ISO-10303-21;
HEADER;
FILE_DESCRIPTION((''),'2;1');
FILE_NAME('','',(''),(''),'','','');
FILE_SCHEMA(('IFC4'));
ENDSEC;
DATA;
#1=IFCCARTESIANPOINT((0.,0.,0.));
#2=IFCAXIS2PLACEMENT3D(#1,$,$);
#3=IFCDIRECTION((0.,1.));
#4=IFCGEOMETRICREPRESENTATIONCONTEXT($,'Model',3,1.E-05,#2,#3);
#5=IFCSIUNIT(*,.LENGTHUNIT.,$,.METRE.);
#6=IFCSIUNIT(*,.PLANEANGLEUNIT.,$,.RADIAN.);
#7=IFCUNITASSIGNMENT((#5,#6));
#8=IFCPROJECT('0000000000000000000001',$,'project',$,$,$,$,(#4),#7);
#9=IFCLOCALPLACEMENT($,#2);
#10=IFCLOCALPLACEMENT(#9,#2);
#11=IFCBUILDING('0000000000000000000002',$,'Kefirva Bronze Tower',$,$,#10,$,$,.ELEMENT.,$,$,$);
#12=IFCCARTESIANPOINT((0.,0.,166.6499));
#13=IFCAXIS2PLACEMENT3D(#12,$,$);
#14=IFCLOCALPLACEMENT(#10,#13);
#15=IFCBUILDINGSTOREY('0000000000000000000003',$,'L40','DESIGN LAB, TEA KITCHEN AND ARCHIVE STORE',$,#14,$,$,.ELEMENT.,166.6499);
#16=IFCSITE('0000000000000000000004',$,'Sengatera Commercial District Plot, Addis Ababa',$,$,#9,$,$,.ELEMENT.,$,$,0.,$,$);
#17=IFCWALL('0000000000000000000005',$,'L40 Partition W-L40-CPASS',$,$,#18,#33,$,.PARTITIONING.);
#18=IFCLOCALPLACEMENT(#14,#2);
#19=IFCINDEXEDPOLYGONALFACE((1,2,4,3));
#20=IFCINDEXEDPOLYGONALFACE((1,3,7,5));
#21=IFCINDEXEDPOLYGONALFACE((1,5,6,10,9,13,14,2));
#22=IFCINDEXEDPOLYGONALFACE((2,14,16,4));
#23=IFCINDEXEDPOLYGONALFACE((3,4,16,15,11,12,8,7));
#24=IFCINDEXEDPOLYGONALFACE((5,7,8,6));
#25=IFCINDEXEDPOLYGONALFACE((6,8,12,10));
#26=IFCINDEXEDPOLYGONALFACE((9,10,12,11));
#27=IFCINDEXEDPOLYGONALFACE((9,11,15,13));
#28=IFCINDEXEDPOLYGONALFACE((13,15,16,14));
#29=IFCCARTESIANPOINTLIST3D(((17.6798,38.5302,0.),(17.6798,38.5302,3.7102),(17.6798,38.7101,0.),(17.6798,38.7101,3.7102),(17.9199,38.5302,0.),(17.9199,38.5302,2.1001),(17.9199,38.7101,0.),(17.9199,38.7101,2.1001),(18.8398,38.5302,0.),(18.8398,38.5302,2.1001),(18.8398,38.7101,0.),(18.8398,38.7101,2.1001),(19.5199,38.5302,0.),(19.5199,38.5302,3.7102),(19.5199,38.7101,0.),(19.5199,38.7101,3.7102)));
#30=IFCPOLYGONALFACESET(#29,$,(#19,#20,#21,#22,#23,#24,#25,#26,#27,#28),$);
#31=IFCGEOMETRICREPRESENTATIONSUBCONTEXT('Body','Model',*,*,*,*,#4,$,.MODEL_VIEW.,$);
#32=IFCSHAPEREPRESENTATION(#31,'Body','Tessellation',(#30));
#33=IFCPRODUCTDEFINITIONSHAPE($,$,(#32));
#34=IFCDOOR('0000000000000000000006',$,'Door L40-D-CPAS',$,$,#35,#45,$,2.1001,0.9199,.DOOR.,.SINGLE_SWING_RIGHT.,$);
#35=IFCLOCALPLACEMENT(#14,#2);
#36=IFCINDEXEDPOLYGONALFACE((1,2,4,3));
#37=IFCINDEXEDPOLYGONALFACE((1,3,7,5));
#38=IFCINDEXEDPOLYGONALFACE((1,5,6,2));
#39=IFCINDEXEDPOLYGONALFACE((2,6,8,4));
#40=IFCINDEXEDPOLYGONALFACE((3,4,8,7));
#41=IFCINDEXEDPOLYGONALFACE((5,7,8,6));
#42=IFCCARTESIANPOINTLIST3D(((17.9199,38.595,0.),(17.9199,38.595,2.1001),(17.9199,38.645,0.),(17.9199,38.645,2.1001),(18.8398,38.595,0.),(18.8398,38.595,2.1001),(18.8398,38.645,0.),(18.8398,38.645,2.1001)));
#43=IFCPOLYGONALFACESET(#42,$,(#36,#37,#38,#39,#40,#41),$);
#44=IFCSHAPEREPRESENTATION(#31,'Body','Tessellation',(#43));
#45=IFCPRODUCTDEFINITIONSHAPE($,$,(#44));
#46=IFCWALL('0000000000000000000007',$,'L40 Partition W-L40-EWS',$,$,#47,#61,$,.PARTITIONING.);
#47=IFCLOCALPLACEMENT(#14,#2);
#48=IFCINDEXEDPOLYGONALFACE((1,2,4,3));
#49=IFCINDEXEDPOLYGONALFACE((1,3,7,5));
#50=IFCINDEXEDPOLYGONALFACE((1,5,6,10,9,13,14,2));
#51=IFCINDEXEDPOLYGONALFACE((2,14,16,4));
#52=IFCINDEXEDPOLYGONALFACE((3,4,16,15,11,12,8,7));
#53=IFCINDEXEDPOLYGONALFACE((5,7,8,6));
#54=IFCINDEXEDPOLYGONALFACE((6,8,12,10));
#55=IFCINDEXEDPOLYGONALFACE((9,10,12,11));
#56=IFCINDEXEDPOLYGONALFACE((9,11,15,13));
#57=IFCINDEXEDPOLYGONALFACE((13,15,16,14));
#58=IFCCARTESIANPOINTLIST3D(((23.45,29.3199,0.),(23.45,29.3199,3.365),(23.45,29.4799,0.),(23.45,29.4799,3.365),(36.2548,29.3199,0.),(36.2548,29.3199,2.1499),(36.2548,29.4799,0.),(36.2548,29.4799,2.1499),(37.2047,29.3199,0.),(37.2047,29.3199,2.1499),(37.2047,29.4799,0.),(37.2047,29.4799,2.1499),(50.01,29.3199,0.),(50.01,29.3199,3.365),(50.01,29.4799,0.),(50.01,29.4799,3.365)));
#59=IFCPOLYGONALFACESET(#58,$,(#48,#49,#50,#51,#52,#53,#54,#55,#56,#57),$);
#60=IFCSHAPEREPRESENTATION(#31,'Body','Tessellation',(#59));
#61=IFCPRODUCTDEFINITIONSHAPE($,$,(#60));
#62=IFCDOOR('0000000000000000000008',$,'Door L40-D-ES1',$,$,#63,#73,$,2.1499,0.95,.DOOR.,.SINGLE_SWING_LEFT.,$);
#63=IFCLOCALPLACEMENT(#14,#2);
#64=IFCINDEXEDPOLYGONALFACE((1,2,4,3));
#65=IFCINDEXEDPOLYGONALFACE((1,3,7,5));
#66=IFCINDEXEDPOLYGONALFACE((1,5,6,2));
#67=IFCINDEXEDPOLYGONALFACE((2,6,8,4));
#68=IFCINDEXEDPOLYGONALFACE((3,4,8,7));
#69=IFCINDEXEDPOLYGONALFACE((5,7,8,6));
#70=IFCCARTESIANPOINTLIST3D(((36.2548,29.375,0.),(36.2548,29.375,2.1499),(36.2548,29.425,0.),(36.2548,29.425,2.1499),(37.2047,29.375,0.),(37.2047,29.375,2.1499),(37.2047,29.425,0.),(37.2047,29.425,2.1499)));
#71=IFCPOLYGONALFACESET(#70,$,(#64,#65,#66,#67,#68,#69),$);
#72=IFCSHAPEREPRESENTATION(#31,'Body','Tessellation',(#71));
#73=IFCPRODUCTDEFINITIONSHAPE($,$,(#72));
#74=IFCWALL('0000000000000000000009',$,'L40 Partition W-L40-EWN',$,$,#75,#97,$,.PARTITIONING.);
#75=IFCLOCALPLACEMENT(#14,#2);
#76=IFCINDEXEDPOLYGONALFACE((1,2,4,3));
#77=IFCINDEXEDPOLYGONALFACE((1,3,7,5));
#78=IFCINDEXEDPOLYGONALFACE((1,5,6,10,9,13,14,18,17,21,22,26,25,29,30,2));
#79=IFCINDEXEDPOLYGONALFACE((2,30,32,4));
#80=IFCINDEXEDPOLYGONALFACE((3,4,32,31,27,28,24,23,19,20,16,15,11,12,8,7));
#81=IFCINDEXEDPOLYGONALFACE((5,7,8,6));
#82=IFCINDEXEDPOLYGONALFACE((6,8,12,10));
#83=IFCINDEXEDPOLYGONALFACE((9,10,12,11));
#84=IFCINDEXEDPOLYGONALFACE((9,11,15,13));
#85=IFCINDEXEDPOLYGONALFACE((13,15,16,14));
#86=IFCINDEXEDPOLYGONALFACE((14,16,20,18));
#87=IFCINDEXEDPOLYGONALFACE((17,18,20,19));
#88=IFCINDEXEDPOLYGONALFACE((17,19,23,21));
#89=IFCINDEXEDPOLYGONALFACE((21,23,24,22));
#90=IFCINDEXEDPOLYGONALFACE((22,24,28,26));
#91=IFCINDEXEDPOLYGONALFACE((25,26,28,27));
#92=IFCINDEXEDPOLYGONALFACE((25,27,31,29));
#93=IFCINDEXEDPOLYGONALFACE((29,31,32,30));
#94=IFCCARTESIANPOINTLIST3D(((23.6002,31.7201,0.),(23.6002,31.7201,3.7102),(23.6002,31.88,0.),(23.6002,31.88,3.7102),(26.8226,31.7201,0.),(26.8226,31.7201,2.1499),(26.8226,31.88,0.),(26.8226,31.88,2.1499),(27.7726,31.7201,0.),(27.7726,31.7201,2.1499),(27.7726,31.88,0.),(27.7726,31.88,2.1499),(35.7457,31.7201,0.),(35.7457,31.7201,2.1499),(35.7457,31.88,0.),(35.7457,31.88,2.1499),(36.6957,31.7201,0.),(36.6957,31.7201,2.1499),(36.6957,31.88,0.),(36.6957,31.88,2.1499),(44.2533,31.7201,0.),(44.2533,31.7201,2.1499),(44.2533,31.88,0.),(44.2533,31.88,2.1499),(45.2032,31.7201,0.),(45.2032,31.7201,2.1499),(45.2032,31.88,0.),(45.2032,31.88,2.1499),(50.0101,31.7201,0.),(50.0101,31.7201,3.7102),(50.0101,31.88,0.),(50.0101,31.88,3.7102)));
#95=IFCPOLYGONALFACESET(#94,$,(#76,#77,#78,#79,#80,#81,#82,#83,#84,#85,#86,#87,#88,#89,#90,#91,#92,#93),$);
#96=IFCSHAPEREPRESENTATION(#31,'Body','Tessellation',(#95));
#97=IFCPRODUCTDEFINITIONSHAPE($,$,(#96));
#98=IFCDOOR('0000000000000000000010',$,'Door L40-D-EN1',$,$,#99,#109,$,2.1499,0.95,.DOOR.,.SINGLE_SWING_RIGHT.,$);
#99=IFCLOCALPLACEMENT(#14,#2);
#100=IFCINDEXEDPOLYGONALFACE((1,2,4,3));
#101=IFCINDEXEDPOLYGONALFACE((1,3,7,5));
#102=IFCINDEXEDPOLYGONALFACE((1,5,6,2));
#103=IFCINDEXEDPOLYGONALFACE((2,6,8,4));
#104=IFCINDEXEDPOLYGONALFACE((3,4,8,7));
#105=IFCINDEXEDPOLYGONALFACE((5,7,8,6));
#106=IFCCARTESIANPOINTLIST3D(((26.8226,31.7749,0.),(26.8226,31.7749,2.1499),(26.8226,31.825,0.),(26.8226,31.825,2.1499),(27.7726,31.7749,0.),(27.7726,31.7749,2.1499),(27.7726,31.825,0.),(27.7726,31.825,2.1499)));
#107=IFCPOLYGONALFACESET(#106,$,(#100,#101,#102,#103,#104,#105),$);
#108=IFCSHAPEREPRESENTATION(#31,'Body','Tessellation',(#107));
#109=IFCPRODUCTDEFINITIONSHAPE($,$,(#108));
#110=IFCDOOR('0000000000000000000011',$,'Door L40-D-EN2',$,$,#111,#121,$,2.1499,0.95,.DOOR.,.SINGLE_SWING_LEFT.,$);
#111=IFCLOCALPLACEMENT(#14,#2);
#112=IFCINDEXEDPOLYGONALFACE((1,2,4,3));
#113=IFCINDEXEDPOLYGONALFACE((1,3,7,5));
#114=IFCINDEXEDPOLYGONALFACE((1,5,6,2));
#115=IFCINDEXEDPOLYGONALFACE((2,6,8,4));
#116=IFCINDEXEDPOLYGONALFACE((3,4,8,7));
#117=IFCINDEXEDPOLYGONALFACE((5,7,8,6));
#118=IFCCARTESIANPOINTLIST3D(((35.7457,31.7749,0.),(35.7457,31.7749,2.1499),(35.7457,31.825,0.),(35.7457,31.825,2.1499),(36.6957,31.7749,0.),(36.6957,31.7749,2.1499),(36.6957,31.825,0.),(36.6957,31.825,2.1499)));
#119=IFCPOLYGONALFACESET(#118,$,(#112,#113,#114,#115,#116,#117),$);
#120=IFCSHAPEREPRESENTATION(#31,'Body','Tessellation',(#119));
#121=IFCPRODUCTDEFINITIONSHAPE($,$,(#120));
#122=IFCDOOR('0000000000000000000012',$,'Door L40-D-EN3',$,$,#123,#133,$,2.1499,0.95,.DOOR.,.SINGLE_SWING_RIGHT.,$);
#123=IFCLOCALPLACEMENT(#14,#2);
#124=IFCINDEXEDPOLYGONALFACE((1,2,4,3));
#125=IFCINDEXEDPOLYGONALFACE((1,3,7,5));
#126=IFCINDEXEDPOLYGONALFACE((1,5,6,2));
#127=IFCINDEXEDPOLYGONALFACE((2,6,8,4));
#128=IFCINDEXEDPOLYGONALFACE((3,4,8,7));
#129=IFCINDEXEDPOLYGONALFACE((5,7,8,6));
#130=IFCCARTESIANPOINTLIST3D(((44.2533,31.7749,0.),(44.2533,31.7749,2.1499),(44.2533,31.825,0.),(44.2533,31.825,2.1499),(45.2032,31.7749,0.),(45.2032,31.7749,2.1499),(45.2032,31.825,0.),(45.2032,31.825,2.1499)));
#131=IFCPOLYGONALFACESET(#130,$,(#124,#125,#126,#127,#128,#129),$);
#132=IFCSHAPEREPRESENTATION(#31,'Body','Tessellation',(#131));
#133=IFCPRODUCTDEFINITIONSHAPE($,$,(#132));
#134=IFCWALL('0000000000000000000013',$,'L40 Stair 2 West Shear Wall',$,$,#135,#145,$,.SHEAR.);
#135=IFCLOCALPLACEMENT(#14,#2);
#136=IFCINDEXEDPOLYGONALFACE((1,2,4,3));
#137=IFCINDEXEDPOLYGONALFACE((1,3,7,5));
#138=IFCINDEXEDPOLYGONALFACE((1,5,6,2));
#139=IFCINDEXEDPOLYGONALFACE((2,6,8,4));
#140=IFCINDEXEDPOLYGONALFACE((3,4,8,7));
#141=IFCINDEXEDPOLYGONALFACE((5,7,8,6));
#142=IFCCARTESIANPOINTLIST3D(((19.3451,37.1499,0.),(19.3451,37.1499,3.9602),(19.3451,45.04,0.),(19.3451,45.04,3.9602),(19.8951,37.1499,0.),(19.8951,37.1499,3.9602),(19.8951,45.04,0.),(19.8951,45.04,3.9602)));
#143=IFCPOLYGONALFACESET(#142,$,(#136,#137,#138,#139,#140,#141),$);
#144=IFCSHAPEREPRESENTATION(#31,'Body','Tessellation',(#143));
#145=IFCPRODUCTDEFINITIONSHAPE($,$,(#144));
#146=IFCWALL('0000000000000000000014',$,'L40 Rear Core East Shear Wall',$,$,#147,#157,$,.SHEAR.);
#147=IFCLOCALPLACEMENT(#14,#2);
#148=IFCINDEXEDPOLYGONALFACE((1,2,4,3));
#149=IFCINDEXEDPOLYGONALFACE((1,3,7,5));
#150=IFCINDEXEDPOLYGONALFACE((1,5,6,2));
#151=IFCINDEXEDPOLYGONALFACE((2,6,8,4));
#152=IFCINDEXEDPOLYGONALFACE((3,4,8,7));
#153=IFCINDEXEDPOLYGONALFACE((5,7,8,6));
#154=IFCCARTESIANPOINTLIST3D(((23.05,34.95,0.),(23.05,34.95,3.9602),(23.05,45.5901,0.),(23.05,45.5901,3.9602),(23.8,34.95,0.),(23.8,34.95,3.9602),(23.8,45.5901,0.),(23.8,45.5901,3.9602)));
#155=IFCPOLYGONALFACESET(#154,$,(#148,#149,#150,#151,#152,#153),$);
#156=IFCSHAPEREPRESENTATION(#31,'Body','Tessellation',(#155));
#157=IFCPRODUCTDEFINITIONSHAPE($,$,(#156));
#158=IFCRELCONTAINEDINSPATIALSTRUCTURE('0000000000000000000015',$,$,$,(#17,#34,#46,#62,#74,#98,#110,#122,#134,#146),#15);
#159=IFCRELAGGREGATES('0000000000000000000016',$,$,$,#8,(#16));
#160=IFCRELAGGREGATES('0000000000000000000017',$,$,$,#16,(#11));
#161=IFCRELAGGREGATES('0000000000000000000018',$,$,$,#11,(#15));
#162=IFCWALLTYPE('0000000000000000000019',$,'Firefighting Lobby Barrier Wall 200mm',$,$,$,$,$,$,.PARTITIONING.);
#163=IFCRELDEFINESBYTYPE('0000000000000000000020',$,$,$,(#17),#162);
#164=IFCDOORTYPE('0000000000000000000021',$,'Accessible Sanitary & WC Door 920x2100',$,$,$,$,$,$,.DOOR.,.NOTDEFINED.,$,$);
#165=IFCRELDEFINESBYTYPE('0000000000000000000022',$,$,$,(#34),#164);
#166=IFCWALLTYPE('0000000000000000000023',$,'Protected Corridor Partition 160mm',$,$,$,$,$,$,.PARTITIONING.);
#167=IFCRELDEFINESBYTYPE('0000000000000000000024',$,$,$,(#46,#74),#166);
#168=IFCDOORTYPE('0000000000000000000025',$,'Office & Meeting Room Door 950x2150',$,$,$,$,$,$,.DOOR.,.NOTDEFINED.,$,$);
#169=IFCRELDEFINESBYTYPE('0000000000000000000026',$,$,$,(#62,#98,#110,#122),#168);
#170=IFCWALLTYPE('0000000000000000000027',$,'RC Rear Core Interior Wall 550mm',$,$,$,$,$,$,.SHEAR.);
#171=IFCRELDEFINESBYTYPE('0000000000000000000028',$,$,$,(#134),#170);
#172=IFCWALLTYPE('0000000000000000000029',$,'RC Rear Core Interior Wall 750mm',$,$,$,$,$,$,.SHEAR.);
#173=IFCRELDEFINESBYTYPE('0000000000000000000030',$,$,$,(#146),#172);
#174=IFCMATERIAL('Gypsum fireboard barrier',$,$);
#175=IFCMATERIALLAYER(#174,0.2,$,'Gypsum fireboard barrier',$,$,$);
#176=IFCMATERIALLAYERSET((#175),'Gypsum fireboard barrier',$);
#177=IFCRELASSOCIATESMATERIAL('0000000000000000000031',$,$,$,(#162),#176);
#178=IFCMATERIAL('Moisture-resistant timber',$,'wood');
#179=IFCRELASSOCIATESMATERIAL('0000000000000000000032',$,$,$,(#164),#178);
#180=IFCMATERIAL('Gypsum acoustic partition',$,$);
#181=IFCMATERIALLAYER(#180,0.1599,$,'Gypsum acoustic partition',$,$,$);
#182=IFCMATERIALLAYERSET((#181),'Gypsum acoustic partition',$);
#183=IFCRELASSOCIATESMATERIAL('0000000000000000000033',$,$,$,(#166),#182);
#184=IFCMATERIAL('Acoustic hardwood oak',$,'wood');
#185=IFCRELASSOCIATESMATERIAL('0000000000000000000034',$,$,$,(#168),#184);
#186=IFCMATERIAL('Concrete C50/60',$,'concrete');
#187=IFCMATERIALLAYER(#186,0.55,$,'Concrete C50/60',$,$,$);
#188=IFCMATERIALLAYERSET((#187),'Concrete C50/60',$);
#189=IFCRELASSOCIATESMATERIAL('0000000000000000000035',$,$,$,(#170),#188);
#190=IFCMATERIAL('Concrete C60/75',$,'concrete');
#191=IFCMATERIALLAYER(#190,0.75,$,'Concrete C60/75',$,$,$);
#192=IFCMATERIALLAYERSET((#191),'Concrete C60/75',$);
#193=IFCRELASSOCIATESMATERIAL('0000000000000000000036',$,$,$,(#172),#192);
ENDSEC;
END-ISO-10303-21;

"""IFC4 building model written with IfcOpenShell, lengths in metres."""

from ifc_helpers import new_model, si_unit, direction, frame, frame_2d, origin, place, context, subcontext, project, spatial, rectangle, extrude, material, layer, layer_set, type_object, element, fill, save


model = new_model("IFC4")

# Units and contexts
model_context = context("Model", 3, precision=1e-05, world=origin(), true_north=direction((0.0, 1.0)))
body_context = subcontext(model_context, "Body", "Model", "MODEL_VIEW")
ifc_project = project(units=[si_unit("LENGTHUNIT", "METRE"), si_unit("PLANEANGLEUNIT", "RADIAN")], contexts=[model_context])

# Site, building, storey
site_placement = place(None, origin())
site = spatial("IfcSite", under=ifc_project, at=site_placement, Name="Sengatera Commercial District Plot, Addis Ababa", CompositionType="ELEMENT", RefElevation=0.0)
building_placement = place(site_placement, origin())
building = spatial("IfcBuilding", under=site, at=building_placement, Name="Kefirva Bronze Tower", CompositionType="ELEMENT")
storey_placement = place(building_placement, frame((0.0, 0.0, 166.6499)))
storey = spatial("IfcBuildingStorey", under=building, at=storey_placement, Name="L40", Description="DESIGN LAB, TEA KITCHEN AND ARCHIVE STORE", CompositionType="ELEMENT", Elevation=166.6499)

# Shared definitions
ifc_material_1 = material(Name="Concrete C60/75", Category="concrete")

# Shared definitions
ifc_material_2 = material(Name="Gypsum acoustic partition")

# Walls, openings, doors
ifc_material_3 = material(Name="Gypsum fireboard barrier")
ifc_layer_1 = layer(ifc_material_3, 0.2, Name="Gypsum fireboard barrier")
ifc_layer_set_1 = layer_set([ifc_layer_1], Name="Gypsum fireboard barrier")
wall_type_1 = type_object("IfcWallType", Name="Firefighting Lobby Barrier Wall 200mm", PredefinedType="PARTITIONING", material=ifc_layer_set_1)
wall_1_placement = place(storey_placement, frame((17.6799, 38.6201, 0.0), z_axis=(0.0, 0.0, 1.0), x_axis=(1.0, 0.0, 0.0)))
wall_1 = element("IfcWall", 1, at=wall_1_placement, inside=storey, type_object=wall_type_1, Name="L40 Partition W-L40-CPASS", PredefinedType="PARTITIONING", context=body_context, shape_type="SweptSolid", body=[
    extrude(rectangle(XDim=1.8401, YDim=0.1799, at=frame_2d((0.9199, 0.0))), origin(), (0.0, 0.0, 1.0), 3.7102),
])
opening_1_placement = place(wall_1_placement, frame((0.24, 0.0, 0.0)))
opening_1 = element("IfcOpeningElement", 2, at=opening_1_placement, cuts=wall_1, PredefinedType="OPENING", context=body_context, shape_type="SweptSolid", body=[
    extrude(rectangle(XDim=0.9199, YDim=2.1001, at=frame_2d((0.46, 1.05))), frame((0.0, 0.1001, 0.0), z_axis=(0.0, -1.0, 0.0), x_axis=(1.0, 0.0, 0.0)), (0.0, 0.0, 1.0), 0.2),
])
ifc_material_4 = material(Name="Moisture-resistant timber", Category="wood")
door_type_1 = type_object("IfcDoorType", Name="Accessible Sanitary & WC Door 920x2100", OperationType="NOTDEFINED", PredefinedType="DOOR", material=ifc_material_4)
door_1_placement = place(opening_1_placement, origin())
door_1 = element("IfcDoor", 3, at=door_1_placement, inside=storey, type_object=door_type_1, Name="Door L40-D-CPAS", OperationType="SINGLE_SWING_RIGHT", OverallHeight=2.1001, OverallWidth=0.9199, PredefinedType="DOOR", context=body_context, shape_type="SweptSolid", body=[
    extrude(rectangle(XDim=0.9199, YDim=2.1001, at=frame_2d((0.46, 1.05))), frame((0.0, 0.0249, 0.0), z_axis=(0.0, -1.0, 0.0), x_axis=(1.0, 0.0, 0.0)), (0.0, 0.0, 1.0), 0.05),
])
fill(opening_1, door_1)
ifc_layer_2 = layer(ifc_material_2, 0.1599, Name="Gypsum acoustic partition")
ifc_layer_set_2 = layer_set([ifc_layer_2], Name="Gypsum acoustic partition")
wall_type_2 = type_object("IfcWallType", Name="Protected Corridor Partition 160mm", PredefinedType="PARTITIONING", material=ifc_layer_set_2)
wall_2_placement = place(storey_placement, frame((23.45, 29.3999, 0.0), z_axis=(0.0, 0.0, 1.0), x_axis=(1.0, 0.0, 0.0)))
wall_2 = element("IfcWall", 4, at=wall_2_placement, inside=storey, type_object=wall_type_2, Name="L40 Partition W-L40-EWS", PredefinedType="PARTITIONING", context=body_context, shape_type="SweptSolid", body=[
    extrude(rectangle(XDim=26.5601, YDim=0.1599, at=frame_2d((13.28, 0.0))), origin(), (0.0, 0.0, 1.0), 3.365),
])
opening_2_placement = place(wall_2_placement, frame((13.7549, 0.0, 0.0), z_axis=(0.0, 0.0, 1.0), x_axis=(-1.0, 0.0, 0.0)))
opening_2 = element("IfcOpeningElement", 5, at=opening_2_placement, cuts=wall_2, PredefinedType="OPENING", context=body_context, shape_type="SweptSolid", body=[
    extrude(rectangle(XDim=0.95, YDim=2.1499, at=frame_2d((0.4751, 1.075))), frame((0.0, 0.0898, 0.0), z_axis=(0.0, -1.0, 0.0), x_axis=(1.0, 0.0, 0.0)), (0.0, 0.0, 1.0), 0.1799),
])
ifc_material_5 = material(Name="Acoustic hardwood oak", Category="wood")
door_type_2 = type_object("IfcDoorType", Name="Office & Meeting Room Door 950x2150", OperationType="NOTDEFINED", PredefinedType="DOOR", material=ifc_material_5)
door_2_placement = place(opening_2_placement, origin())
door_2 = element("IfcDoor", 6, at=door_2_placement, inside=storey, type_object=door_type_2, Name="Door L40-D-ES1", OperationType="SINGLE_SWING_LEFT", OverallHeight=2.1499, OverallWidth=0.95, PredefinedType="DOOR", context=body_context, shape_type="SweptSolid", body=[
    extrude(rectangle(XDim=0.95, YDim=2.1499, at=frame_2d((0.4751, 1.075))), frame((0.0, 0.0249, 0.0), z_axis=(0.0, -1.0, 0.0), x_axis=(1.0, 0.0, 0.0)), (0.0, 0.0, 1.0), 0.05),
])
fill(opening_2, door_2)

# Wall, openings, doors
wall_3_placement = place(storey_placement, frame((23.6001, 31.8, 0.0), z_axis=(0.0, 0.0, 1.0), x_axis=(1.0, 0.0, 0.0)))
wall_3 = element("IfcWall", 7, at=wall_3_placement, inside=storey, type_object=wall_type_2, Name="L40 Partition W-L40-EWN", PredefinedType="PARTITIONING", context=body_context, shape_type="SweptSolid", body=[
    extrude(rectangle(XDim=26.4099, YDim=0.1599, at=frame_2d((13.2051, 0.0))), origin(), (0.0, 0.0, 1.0), 3.7102),
])
opening_3_placement = place(wall_3_placement, frame((3.2224, 0.0, 0.0)))
opening_3 = element("IfcOpeningElement", 8, at=opening_3_placement, cuts=wall_3, PredefinedType="OPENING", context=body_context, shape_type="SweptSolid", body=[
    extrude(rectangle(XDim=0.95, YDim=2.1499, at=frame_2d((0.4751, 1.075))), frame((0.0, 0.0898, 0.0), z_axis=(0.0, -1.0, 0.0), x_axis=(1.0, 0.0, 0.0)), (0.0, 0.0, 1.0), 0.1799),
])
opening_4_placement = place(wall_3_placement, frame((12.1455, 0.0, 0.0)))
opening_4 = element("IfcOpeningElement", 9, at=opening_4_placement, cuts=wall_3, PredefinedType="OPENING", context=body_context, shape_type="SweptSolid", body=[
    extrude(rectangle(XDim=0.95, YDim=2.1499, at=frame_2d((0.4751, 1.075))), frame((0.0, 0.0898, 0.0), z_axis=(0.0, -1.0, 0.0), x_axis=(1.0, 0.0, 0.0)), (0.0, 0.0, 1.0), 0.1799),
])
opening_5_placement = place(wall_3_placement, frame((20.6531, 0.0, 0.0)))
opening_5 = element("IfcOpeningElement", 10, at=opening_5_placement, cuts=wall_3, PredefinedType="OPENING", context=body_context, shape_type="SweptSolid", body=[
    extrude(rectangle(XDim=0.95, YDim=2.1499, at=frame_2d((0.4751, 1.075))), frame((0.0, 0.0898, 0.0), z_axis=(0.0, -1.0, 0.0), x_axis=(1.0, 0.0, 0.0)), (0.0, 0.0, 1.0), 0.1799),
])
door_3_placement = place(opening_3_placement, origin())
door_3 = element("IfcDoor", 11, at=door_3_placement, inside=storey, type_object=door_type_2, Name="Door L40-D-EN1", OperationType="SINGLE_SWING_RIGHT", OverallHeight=2.1499, OverallWidth=0.95, PredefinedType="DOOR", context=body_context, shape_type="SweptSolid", body=[
    extrude(rectangle(XDim=0.95, YDim=2.1499, at=frame_2d((0.4751, 1.075))), frame((0.0, 0.0249, 0.0), z_axis=(0.0, -1.0, 0.0), x_axis=(1.0, 0.0, 0.0)), (0.0, 0.0, 1.0), 0.05),
])
fill(opening_3, door_3)
door_4_placement = place(opening_4_placement, origin())
door_4 = element("IfcDoor", 12, at=door_4_placement, inside=storey, type_object=door_type_2, Name="Door L40-D-EN2", OperationType="SINGLE_SWING_LEFT", OverallHeight=2.1499, OverallWidth=0.95, PredefinedType="DOOR", context=body_context, shape_type="SweptSolid", body=[
    extrude(rectangle(XDim=0.95, YDim=2.1499, at=frame_2d((0.4751, 1.075))), frame((0.0, 0.0249, 0.0), z_axis=(0.0, -1.0, 0.0), x_axis=(1.0, 0.0, 0.0)), (0.0, 0.0, 1.0), 0.05),
])
fill(opening_4, door_4)
door_5_placement = place(opening_5_placement, origin())
door_5 = element("IfcDoor", 13, at=door_5_placement, inside=storey, type_object=door_type_2, Name="Door L40-D-EN3", OperationType="SINGLE_SWING_RIGHT", OverallHeight=2.1499, OverallWidth=0.95, PredefinedType="DOOR", context=body_context, shape_type="SweptSolid", body=[
    extrude(rectangle(XDim=0.95, YDim=2.1499, at=frame_2d((0.4751, 1.075))), frame((0.0, 0.0249, 0.0), z_axis=(0.0, -1.0, 0.0), x_axis=(1.0, 0.0, 0.0)), (0.0, 0.0, 1.0), 0.05),
])
fill(opening_5, door_5)

# Walls
ifc_material_6 = material(Name="Concrete C50/60", Category="concrete")
ifc_layer_3 = layer(ifc_material_6, 0.55, Name="Concrete C50/60")
ifc_layer_set_3 = layer_set([ifc_layer_3], Name="Concrete C50/60")
wall_type_3 = type_object("IfcWallType", Name="RC Rear Core Interior Wall 550mm", PredefinedType="SHEAR", material=ifc_layer_set_3)
wall_4_placement = place(storey_placement, frame((19.6201, 37.1499, 0.0), z_axis=(0.0, 0.0, 1.0), x_axis=(0.0, 1.0, 0.0)))
element("IfcWall", 14, at=wall_4_placement, inside=storey, type_object=wall_type_3, Name="L40 Stair 2 West Shear Wall", PredefinedType="SHEAR", context=body_context, shape_type="SweptSolid", body=[
    extrude(rectangle(XDim=7.8901, YDim=0.55, at=frame_2d((3.9451, 0.0))), origin(), (0.0, 0.0, 1.0), 3.9602),
])
ifc_layer_4 = layer(ifc_material_1, 0.75, Name="Concrete C60/75")
ifc_layer_set_4 = layer_set([ifc_layer_4], Name="Concrete C60/75")
wall_type_4 = type_object("IfcWallType", Name="RC Rear Core Interior Wall 750mm", PredefinedType="SHEAR", material=ifc_layer_set_4)
wall_5_placement = place(storey_placement, frame((23.425, 34.95, 0.0), z_axis=(0.0, 0.0, 1.0), x_axis=(0.0, 1.0, 0.0)))
element("IfcWall", 15, at=wall_5_placement, inside=storey, type_object=wall_type_4, Name="L40 Rear Core East Shear Wall", PredefinedType="SHEAR", context=body_context, shape_type="SweptSolid", body=[
    extrude(rectangle(XDim=10.6401, YDim=0.75, at=frame_2d((5.3201, 0.0))), origin(), (0.0, 0.0, 1.0), 3.9602),
])

save(model, "model.ifc")
